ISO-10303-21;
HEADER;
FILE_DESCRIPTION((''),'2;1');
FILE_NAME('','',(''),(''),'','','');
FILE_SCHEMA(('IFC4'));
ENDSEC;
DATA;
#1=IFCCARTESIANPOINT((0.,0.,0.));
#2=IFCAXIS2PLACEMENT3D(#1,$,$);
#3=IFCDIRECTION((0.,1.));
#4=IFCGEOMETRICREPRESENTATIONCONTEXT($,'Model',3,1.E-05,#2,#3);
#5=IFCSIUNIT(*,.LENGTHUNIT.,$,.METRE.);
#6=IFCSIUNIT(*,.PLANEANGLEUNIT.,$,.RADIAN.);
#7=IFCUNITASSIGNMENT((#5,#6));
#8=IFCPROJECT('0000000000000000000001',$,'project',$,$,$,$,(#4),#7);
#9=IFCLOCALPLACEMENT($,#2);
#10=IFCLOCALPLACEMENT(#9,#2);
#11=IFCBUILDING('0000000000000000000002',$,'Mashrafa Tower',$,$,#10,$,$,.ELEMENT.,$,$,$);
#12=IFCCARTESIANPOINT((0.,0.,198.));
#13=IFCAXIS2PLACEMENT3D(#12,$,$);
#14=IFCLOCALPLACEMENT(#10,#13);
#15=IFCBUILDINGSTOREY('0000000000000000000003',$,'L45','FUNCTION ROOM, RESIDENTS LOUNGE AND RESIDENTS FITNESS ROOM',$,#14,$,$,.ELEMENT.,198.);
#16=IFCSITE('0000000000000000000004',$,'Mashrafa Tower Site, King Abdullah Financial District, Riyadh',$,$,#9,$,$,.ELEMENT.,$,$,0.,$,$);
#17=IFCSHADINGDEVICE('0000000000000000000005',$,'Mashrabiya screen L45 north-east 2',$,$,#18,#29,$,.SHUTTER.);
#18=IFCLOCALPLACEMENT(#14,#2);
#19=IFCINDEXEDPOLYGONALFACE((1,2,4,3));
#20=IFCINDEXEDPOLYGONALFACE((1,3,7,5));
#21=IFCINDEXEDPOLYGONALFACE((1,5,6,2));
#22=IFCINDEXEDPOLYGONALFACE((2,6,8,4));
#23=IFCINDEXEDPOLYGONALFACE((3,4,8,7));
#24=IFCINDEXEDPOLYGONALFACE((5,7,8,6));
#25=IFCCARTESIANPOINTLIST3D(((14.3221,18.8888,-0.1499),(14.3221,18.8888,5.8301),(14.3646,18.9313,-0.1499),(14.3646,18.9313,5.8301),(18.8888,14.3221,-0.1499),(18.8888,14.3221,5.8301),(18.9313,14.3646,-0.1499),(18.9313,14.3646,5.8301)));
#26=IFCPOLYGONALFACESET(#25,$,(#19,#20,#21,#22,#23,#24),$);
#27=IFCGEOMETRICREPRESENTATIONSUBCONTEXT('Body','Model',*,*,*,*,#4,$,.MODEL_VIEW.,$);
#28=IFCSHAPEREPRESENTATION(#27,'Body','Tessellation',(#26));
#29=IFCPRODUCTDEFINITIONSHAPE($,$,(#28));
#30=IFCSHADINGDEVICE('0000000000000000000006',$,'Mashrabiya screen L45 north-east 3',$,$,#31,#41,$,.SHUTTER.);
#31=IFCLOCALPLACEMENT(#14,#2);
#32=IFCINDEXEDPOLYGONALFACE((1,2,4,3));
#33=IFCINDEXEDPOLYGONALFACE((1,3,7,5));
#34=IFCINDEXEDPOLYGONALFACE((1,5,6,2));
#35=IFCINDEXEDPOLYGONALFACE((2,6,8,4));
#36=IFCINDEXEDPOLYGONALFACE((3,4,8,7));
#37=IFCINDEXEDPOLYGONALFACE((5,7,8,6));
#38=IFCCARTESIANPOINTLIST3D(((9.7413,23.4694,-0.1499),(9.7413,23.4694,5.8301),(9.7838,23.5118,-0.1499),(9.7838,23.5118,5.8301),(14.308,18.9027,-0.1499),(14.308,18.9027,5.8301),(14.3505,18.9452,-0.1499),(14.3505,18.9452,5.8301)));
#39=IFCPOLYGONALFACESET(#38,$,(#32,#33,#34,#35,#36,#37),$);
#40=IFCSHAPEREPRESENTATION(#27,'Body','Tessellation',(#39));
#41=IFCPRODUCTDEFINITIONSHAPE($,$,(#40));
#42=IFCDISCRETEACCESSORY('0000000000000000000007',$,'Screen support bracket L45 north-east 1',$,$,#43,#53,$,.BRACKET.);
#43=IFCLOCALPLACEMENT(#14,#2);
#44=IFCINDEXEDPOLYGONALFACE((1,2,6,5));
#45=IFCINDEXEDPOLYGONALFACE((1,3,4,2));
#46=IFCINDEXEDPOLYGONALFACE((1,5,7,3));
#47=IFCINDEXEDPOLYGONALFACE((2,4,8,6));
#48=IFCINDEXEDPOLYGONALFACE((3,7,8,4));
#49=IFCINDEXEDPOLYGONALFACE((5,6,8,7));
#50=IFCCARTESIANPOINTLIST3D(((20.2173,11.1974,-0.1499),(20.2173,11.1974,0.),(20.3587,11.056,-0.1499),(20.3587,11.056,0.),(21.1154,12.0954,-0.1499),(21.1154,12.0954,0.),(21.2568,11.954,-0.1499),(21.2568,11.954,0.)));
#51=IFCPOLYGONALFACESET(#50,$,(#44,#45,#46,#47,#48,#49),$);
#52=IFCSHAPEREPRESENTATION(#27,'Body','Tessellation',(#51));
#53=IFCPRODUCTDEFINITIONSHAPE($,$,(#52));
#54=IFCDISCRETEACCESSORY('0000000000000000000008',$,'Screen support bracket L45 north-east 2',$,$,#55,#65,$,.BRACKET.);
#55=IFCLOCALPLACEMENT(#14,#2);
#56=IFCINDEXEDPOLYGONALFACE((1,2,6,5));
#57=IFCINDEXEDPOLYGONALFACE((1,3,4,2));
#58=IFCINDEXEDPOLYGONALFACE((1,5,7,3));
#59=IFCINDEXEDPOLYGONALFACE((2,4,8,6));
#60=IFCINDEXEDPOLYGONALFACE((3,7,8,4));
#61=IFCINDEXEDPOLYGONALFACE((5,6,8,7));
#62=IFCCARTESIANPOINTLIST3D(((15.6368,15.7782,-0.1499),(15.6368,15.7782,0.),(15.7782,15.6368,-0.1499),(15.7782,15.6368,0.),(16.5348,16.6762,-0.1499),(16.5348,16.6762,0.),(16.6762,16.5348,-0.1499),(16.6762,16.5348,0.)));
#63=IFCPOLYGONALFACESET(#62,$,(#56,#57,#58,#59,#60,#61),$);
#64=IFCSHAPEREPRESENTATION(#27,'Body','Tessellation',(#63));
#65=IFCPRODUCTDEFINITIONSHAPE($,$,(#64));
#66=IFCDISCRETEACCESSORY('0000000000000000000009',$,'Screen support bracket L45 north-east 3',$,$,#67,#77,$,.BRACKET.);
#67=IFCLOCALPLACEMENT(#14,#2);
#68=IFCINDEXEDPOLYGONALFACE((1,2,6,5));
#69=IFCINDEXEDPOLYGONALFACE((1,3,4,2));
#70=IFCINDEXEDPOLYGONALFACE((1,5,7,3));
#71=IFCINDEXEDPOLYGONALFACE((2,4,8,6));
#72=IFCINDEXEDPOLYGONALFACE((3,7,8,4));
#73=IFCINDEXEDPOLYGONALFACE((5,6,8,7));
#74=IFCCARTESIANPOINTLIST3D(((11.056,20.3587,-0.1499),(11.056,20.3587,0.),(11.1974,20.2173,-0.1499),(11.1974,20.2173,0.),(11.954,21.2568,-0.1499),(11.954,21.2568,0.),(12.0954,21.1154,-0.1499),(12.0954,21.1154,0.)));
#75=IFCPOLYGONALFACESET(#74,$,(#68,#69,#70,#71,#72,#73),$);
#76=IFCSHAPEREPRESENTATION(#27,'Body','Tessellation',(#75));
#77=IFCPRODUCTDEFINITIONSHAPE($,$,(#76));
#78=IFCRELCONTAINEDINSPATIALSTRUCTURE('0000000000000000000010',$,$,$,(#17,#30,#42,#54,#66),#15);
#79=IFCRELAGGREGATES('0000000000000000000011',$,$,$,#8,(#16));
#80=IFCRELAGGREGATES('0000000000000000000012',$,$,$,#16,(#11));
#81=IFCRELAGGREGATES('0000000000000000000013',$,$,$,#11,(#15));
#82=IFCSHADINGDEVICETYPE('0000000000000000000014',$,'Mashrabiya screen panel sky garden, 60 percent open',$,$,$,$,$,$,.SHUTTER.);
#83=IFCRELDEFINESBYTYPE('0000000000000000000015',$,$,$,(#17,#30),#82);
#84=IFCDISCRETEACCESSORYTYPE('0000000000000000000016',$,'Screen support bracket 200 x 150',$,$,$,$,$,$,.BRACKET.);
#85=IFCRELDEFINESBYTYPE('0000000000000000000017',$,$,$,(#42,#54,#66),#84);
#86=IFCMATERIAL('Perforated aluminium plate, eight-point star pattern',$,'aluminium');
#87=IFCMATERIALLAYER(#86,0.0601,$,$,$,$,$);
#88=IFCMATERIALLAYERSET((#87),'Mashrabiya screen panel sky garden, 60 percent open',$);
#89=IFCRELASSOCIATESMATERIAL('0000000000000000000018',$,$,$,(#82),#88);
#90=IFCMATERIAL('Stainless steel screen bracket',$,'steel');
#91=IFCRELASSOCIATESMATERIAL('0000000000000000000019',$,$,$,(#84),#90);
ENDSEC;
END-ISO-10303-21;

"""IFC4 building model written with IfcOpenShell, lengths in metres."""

from ifc_helpers import new_model, si_unit, direction, frame, origin, origin_2d, place, context, subcontext, project, spatial, rectangle, extrude, source, transform, mapped, material, layer, layer_set, type_object, type_shapes, element, save


model = new_model("IFC4")

# Units and contexts
model_context = context("Model", 3, precision=1e-05, world=origin(), true_north=direction((0.0, 1.0)))
body_context = subcontext(model_context, "Body", "Model", "MODEL_VIEW")
ifc_project = project(units=[si_unit("LENGTHUNIT", "METRE"), si_unit("PLANEANGLEUNIT", "RADIAN")], contexts=[model_context])

# Site, building, storey
site_placement = place(None, origin())
site = spatial("IfcSite", under=ifc_project, at=site_placement, Name="Mashrafa Tower Site, King Abdullah Financial District, Riyadh", CompositionType="ELEMENT", RefElevation=0.0)
building_placement = place(site_placement, origin())
building = spatial("IfcBuilding", under=site, at=building_placement, Name="Mashrafa Tower", CompositionType="ELEMENT")
storey_placement = place(building_placement, frame((0.0, 0.0, 198.0)))
storey = spatial("IfcBuildingStorey", under=building, at=storey_placement, Name="L45", Description="FUNCTION ROOM, RESIDENTS LOUNGE AND RESIDENTS FITNESS ROOM", CompositionType="ELEMENT", Elevation=198.0)

# Shading devices
ifc_material_1 = material(Name="Perforated aluminium plate, eight-point star pattern", Category="aluminium")
ifc_layer_1 = layer(ifc_material_1, 0.0601)
ifc_layer_set_1 = layer_set([ifc_layer_1], Name="Mashrabiya screen panel sky garden, 60 percent open")
shading_device_type = type_object("IfcShadingDeviceType", Name="Mashrabiya screen panel sky garden, 60 percent open", PredefinedType="SHUTTER", material=ifc_layer_set_1)
shared_shape_1 = source(origin(), body_context, "Body", "SweptSolid", [
    extrude(rectangle(XDim=6.4583, YDim=0.0601, at=origin_2d()), origin(), (0.0, 0.0, 1.0), 5.98),
])
type_shapes(shading_device_type, [shared_shape_1])
for number, where, z_axis, x_axis, name in (
    (1, (16.6267, 16.6267, -0.1499), (0.0, 0.0, 1.0), (-0.707107, 0.707107, 0.0), "Mashrabiya screen L45 north-east 2"),
    (2, (12.0459, 21.2073, -0.1499), (0.0, 0.0, 1.0), (-0.707107, 0.707107, 0.0), "Mashrabiya screen L45 north-east 3"),
):
    element("IfcShadingDevice", number, at=place(storey_placement, frame(where, z_axis=z_axis, x_axis=x_axis)), inside=storey, type_object=shading_device_type, Name=name, PredefinedType="SHUTTER", context=body_context, shape_type="MappedRepresentation", body=[
        mapped(shared_shape_1, transform((0.0, 0.0, 0.0))),
    ])

# Discrete accessories
ifc_material_2 = material(Name="Stainless steel screen bracket", Category="steel")
discrete_accessory_type = type_object("IfcDiscreteAccessoryType", Name="Screen support bracket 200 x 150", PredefinedType="BRACKET", material=ifc_material_2)
shared_shape_2 = source(origin(), body_context, "Body", "SweptSolid", [
    extrude(rectangle(XDim=0.2, YDim=1.27, at=origin_2d()), origin(), (0.0, 0.0, 1.0), 0.1499),
])
type_shapes(discrete_accessory_type, [shared_shape_2])
for number, where, z_axis, x_axis, name in (
    (3, (20.7371, 11.5757, -0.1499), (0.0, 0.0, 1.0), (-0.707107, 0.707107, 0.0), "Screen support bracket L45 north-east 1"),
    (4, (16.1565, 16.1565, -0.1499), (0.0, 0.0, 1.0), (-0.707107, 0.707107, 0.0), "Screen support bracket L45 north-east 2"),
    (5, (11.5757, 20.7371, -0.1499), (0.0, 0.0, 1.0), (-0.707107, 0.707107, 0.0), "Screen support bracket L45 north-east 3"),
):
    element("IfcDiscreteAccessory", number, at=place(storey_placement, frame(where, z_axis=z_axis, x_axis=x_axis)), inside=storey, type_object=discrete_accessory_type, Name=name, PredefinedType="BRACKET", context=body_context, shape_type="MappedRepresentation", body=[
        mapped(shared_shape_2, transform((0.0, 0.0, 0.0))),
    ])

save(model, "model.ifc")
